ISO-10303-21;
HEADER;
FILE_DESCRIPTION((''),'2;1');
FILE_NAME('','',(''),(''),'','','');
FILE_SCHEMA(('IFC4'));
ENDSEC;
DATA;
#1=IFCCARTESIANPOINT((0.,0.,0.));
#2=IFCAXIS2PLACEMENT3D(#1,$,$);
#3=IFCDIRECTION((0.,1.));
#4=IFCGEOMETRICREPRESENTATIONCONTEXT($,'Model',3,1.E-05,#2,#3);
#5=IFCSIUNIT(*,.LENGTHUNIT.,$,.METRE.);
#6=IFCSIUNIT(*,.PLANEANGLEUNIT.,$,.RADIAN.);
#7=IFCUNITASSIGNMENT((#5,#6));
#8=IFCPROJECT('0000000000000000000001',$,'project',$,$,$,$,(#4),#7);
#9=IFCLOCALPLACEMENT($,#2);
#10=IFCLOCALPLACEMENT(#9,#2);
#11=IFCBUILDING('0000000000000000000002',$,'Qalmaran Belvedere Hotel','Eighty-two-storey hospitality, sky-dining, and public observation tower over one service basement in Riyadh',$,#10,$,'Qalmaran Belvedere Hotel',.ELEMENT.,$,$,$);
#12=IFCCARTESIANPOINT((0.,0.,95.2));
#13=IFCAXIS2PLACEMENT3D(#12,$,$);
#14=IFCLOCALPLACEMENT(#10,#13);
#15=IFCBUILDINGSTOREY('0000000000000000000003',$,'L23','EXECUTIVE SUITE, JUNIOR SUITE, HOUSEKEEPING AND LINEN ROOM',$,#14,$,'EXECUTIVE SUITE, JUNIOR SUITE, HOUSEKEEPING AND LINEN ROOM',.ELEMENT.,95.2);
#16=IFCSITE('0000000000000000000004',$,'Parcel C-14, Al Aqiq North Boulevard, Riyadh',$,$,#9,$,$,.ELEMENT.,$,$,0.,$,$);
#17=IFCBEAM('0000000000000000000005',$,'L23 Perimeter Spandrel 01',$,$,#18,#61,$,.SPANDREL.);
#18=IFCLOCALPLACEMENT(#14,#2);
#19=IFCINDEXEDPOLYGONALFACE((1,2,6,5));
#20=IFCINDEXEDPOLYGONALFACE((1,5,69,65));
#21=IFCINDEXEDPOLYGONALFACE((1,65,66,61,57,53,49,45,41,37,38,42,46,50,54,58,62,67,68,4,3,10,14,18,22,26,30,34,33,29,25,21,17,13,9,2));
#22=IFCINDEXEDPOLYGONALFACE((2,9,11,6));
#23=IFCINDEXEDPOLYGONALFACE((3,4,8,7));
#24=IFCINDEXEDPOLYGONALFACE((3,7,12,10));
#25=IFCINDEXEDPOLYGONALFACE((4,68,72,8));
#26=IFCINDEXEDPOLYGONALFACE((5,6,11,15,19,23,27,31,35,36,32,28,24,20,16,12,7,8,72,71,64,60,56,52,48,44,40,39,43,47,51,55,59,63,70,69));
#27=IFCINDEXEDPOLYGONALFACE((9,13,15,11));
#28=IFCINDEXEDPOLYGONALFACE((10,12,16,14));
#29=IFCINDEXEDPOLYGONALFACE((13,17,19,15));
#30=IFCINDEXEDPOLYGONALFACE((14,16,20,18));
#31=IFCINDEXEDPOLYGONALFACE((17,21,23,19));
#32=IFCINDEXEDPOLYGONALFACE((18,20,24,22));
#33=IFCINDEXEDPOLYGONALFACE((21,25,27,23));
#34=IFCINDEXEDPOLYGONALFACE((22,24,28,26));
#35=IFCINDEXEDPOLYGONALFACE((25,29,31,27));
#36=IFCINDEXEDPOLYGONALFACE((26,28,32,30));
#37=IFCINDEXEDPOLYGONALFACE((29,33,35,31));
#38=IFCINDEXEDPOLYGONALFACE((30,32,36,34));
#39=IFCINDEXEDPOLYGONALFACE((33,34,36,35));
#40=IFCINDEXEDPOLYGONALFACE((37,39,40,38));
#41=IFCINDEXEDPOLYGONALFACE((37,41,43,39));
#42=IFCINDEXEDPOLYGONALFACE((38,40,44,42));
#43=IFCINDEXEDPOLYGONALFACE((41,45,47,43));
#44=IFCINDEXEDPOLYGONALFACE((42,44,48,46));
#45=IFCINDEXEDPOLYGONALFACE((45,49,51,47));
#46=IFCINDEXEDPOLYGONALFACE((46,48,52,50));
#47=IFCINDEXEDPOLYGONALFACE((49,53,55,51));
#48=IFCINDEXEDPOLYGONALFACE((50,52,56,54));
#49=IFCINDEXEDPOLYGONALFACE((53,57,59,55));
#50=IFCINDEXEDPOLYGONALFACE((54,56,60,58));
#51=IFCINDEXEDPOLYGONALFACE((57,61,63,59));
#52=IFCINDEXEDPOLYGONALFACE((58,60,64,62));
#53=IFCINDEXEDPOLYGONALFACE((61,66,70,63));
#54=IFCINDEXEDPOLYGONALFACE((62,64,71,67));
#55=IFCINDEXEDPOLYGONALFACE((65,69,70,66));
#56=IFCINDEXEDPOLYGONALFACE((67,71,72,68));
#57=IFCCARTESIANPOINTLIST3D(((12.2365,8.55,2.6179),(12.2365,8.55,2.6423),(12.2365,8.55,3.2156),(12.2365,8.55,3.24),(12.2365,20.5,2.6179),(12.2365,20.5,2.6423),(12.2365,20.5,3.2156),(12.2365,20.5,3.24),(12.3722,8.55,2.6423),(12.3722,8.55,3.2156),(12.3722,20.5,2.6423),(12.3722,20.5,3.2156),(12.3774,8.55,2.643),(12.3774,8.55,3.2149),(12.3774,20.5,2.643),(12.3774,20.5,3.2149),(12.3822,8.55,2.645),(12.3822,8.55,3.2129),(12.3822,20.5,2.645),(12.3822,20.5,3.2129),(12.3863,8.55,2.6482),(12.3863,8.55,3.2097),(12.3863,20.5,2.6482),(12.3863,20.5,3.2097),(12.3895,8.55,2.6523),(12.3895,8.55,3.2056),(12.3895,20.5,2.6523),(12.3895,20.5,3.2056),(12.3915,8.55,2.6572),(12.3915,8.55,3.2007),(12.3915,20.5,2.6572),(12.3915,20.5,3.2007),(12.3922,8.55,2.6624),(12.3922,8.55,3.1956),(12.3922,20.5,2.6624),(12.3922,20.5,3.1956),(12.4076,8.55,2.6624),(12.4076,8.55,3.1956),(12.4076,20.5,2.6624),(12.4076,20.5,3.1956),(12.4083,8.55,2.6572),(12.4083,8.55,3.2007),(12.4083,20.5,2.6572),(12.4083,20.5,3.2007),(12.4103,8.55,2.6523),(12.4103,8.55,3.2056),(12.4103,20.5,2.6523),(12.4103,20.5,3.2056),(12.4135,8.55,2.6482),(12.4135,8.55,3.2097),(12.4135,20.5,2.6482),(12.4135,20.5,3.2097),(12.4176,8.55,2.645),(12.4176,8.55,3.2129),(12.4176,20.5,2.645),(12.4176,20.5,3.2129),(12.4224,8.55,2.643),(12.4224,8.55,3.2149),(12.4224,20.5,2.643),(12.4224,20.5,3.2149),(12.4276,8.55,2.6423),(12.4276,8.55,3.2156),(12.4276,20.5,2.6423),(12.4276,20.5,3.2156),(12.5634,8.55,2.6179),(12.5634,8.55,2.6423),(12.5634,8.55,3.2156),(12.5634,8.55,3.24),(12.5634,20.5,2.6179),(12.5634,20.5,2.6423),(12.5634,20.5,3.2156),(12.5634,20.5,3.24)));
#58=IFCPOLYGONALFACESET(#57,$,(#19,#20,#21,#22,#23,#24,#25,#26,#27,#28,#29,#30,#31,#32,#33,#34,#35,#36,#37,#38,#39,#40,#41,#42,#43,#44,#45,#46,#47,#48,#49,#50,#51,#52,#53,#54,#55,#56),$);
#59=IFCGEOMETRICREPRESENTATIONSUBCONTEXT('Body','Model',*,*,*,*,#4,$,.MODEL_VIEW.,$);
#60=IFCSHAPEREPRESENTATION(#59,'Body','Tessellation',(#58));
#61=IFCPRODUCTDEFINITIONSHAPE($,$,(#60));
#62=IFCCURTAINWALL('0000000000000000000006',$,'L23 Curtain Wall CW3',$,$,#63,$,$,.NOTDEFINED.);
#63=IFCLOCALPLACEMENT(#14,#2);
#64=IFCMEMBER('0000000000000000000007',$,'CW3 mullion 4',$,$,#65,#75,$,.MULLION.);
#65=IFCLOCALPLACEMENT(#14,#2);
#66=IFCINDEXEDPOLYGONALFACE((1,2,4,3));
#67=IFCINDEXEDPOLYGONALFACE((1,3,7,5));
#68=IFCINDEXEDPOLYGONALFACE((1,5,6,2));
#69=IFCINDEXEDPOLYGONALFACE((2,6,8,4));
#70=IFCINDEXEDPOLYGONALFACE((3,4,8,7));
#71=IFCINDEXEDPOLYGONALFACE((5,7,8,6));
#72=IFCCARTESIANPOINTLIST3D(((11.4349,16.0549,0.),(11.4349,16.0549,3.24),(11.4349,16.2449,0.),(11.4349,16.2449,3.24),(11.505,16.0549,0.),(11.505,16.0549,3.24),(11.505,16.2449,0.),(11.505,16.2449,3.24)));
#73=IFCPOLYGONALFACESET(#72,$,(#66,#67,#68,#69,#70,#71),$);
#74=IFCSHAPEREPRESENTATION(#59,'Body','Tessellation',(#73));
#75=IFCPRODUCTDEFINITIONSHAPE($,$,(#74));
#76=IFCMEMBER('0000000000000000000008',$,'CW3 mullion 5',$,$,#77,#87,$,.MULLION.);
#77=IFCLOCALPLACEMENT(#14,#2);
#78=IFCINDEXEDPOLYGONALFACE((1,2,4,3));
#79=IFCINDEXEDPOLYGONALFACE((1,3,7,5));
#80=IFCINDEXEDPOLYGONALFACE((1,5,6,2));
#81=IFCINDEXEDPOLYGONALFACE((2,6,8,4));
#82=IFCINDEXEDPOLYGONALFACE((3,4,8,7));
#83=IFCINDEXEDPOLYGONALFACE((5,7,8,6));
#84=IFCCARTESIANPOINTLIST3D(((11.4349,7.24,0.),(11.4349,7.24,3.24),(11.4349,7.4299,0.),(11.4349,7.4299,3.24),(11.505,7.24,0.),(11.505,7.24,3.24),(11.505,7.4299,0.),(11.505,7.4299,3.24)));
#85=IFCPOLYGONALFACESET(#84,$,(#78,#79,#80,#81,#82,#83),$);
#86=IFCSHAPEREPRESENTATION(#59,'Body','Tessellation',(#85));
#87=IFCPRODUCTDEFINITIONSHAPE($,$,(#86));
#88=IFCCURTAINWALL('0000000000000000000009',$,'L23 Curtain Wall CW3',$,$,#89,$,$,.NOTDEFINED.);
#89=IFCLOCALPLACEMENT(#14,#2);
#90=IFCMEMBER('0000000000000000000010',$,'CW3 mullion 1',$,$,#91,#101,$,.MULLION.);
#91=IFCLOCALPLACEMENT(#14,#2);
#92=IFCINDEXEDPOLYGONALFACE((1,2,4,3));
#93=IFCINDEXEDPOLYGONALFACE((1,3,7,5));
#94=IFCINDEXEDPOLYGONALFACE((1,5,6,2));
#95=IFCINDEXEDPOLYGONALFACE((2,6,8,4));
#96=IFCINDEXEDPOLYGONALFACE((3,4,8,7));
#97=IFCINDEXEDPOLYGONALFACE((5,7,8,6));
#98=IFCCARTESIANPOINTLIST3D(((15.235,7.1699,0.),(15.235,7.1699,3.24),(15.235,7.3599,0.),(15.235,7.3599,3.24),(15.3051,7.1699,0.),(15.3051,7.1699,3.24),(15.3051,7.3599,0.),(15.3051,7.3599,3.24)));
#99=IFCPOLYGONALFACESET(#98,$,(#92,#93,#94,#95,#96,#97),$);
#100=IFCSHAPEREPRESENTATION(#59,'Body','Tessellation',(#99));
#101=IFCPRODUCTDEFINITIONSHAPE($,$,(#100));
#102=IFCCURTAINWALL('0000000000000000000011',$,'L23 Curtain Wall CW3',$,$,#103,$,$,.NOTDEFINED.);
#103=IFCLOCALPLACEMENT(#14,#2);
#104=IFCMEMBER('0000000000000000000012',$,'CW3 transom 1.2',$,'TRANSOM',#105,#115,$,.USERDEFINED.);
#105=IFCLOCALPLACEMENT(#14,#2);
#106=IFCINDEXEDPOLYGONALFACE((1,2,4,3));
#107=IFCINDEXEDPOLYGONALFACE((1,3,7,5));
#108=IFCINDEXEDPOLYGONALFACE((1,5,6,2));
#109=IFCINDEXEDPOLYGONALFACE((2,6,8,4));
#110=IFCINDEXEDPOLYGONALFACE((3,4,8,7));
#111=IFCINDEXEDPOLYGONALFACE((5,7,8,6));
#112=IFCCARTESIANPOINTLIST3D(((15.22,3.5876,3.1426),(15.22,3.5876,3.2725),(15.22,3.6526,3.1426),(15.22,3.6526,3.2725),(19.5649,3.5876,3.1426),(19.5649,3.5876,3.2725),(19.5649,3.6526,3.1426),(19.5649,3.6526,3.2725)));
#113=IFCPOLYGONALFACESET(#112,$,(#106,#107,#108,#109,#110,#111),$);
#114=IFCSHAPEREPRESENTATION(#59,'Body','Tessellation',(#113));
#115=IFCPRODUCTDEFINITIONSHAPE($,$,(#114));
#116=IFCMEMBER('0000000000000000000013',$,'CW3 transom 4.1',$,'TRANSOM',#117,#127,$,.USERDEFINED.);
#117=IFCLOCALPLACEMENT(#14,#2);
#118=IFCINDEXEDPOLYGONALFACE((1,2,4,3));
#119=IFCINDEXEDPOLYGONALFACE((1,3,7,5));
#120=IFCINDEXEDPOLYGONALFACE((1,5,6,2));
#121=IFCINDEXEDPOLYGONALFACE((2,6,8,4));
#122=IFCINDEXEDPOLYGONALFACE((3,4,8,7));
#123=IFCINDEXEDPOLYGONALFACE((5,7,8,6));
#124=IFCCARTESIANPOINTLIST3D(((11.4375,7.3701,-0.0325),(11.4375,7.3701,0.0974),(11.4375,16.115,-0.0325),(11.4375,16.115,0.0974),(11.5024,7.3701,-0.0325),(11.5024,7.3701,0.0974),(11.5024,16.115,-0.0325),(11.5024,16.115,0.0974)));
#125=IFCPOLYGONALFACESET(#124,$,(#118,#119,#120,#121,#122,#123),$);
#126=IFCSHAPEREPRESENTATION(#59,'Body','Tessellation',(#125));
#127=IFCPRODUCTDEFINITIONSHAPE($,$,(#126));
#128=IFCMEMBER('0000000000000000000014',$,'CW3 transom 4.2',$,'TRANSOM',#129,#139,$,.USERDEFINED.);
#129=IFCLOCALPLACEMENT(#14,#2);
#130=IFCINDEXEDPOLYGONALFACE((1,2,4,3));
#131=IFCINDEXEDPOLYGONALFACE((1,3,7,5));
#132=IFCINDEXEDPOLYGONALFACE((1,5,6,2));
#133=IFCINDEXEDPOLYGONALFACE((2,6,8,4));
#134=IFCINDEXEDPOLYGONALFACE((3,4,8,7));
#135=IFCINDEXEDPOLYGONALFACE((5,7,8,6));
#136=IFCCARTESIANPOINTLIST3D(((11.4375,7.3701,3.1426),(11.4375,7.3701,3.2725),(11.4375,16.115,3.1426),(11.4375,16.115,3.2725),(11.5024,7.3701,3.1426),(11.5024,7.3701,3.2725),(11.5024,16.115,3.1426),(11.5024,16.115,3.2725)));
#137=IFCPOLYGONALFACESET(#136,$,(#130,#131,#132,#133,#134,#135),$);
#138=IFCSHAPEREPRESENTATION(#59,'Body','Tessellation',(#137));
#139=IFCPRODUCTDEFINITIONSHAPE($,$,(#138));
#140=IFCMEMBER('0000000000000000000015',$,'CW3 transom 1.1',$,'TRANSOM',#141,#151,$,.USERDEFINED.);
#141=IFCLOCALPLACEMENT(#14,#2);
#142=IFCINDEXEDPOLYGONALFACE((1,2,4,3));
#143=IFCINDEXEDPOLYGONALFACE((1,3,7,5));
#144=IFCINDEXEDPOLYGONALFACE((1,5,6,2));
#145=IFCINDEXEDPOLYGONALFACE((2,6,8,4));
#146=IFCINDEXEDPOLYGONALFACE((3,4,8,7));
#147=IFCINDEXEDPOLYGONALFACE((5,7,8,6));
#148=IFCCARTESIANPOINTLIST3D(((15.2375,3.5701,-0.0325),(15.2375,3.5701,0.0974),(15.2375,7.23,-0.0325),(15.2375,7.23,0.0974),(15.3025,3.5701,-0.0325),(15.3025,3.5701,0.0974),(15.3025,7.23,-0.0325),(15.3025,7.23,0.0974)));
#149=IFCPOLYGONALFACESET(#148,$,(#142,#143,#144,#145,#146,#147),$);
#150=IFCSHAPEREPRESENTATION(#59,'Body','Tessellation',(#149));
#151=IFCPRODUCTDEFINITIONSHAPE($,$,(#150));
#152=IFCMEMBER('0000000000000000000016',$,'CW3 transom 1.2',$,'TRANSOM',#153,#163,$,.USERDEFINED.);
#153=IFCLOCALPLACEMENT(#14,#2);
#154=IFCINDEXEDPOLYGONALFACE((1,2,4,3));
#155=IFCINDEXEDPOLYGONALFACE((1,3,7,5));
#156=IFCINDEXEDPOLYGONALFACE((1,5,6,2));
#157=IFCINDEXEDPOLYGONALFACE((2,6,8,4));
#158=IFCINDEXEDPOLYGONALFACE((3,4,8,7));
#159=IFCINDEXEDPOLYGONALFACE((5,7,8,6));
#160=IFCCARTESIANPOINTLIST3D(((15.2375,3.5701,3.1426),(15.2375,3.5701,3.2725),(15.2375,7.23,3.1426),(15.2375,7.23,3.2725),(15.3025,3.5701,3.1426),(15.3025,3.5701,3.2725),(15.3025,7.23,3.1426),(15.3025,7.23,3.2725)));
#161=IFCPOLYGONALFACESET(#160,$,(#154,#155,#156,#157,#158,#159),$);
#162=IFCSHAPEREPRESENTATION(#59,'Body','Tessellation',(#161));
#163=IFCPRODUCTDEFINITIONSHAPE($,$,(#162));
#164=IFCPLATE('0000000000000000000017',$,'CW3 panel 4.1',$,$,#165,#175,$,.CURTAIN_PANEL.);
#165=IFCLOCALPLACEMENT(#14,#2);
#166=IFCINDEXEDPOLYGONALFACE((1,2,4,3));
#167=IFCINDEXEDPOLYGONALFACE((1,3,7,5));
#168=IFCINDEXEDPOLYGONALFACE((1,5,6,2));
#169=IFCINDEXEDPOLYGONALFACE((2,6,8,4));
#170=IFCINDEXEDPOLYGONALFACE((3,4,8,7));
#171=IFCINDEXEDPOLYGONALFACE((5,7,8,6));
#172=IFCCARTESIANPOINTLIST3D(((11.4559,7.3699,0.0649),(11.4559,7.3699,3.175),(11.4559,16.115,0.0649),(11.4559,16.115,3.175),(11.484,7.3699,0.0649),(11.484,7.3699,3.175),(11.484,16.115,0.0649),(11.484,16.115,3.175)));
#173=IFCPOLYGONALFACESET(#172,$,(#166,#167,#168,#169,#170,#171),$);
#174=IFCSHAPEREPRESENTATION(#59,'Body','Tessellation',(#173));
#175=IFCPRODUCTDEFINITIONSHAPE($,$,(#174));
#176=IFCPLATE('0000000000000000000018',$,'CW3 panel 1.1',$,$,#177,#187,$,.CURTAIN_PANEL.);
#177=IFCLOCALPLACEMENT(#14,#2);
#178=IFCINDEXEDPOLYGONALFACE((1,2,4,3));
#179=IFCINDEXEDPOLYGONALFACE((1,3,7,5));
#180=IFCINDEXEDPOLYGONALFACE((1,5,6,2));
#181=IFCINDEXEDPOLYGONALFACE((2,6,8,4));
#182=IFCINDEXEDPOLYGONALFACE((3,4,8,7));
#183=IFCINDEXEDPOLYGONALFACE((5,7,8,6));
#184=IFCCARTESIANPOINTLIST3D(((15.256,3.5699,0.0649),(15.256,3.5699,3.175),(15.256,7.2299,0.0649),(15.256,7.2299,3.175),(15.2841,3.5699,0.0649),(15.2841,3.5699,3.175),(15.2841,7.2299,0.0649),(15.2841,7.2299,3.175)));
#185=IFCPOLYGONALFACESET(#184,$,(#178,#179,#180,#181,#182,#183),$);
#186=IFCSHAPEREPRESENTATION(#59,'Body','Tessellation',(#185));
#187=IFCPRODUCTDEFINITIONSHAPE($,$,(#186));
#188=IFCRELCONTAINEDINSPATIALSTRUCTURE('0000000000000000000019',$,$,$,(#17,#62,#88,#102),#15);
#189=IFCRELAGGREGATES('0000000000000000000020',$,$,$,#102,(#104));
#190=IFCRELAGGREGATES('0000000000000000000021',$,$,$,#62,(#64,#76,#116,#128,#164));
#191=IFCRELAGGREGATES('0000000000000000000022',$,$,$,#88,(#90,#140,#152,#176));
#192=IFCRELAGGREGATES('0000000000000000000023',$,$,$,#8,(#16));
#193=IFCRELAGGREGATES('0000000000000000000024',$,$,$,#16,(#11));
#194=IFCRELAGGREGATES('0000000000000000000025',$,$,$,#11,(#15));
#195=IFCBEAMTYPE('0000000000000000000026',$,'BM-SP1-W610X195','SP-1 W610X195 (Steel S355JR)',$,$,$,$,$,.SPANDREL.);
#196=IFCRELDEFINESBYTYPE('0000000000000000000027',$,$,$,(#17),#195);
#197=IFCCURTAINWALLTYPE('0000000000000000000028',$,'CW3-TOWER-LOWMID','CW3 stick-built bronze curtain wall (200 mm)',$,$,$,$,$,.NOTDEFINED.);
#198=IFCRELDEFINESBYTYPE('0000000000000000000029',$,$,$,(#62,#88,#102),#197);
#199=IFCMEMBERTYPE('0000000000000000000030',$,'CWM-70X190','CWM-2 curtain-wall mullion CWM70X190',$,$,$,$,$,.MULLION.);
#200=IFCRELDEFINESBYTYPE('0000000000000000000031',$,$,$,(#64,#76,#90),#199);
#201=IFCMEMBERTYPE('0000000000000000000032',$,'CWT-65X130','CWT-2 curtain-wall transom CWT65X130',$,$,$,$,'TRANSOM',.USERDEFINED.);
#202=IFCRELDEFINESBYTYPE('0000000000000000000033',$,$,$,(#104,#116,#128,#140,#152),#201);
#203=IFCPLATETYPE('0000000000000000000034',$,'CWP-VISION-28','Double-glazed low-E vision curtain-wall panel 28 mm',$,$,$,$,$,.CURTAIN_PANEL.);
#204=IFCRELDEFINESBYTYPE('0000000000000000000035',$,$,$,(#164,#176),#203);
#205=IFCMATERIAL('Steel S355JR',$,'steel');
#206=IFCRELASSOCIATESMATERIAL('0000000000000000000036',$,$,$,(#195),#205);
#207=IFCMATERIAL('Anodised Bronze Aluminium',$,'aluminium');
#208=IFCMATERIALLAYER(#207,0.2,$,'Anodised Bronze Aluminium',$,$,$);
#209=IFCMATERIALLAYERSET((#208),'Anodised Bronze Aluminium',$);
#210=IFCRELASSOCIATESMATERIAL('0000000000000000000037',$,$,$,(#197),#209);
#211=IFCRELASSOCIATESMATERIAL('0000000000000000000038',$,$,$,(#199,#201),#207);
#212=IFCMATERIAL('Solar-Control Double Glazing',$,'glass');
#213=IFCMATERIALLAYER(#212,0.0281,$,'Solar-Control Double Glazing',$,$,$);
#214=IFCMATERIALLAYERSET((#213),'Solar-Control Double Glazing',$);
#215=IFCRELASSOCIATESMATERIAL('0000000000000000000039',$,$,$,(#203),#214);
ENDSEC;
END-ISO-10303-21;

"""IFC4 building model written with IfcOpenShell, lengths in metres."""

from ifc_helpers import new_model, si_unit, direction, frame, origin, origin_2d, place, context, subcontext, project, spatial, rectangle, i_section, extrude, material, layer, layer_set, material_profile, profile_set, type_object, element, aggregate, save


model = new_model("IFC4")

# Units and contexts
model_context = context("Model", 3, precision=1e-05, world=origin(), true_north=direction((0.0, 1.0)))
body_context = subcontext(model_context, "Body", "Model", "MODEL_VIEW")
ifc_project = project(units=[si_unit("LENGTHUNIT", "METRE"), si_unit("PLANEANGLEUNIT", "RADIAN")], contexts=[model_context])

# Site, building, storey
site_placement = place(None, origin())
site = spatial("IfcSite", under=ifc_project, at=site_placement, Name="Parcel C-14, Al Aqiq North Boulevard, Riyadh", CompositionType="ELEMENT", RefElevation=0.0)
building_placement = place(site_placement, origin())
building = spatial("IfcBuilding", under=site, at=building_placement, Name="Qalmaran Belvedere Hotel", Description="Eighty-two-storey hospitality, sky-dining, and public observation tower over one service basement in Riyadh", LongName="Qalmaran Belvedere Hotel", CompositionType="ELEMENT")
storey_placement = place(building_placement, frame((0.0, 0.0, 95.2)))
storey = spatial("IfcBuildingStorey", under=building, at=storey_placement, Name="L23", Description="EXECUTIVE SUITE, JUNIOR SUITE, HOUSEKEEPING AND LINEN ROOM", LongName="EXECUTIVE SUITE, JUNIOR SUITE, HOUSEKEEPING AND LINEN ROOM", CompositionType="ELEMENT", Elevation=95.2)

# Beam
ifc_material_1 = material(Name="Steel S355JR", Category="steel")
ifc_material_profile_1 = material_profile(ifc_material_1, i_section(OverallWidth=0.3269, OverallDepth=0.6221, WebThickness=0.0154, FlangeThickness=0.0244, FilletRadius=0.02, at=origin_2d()), Name="W610X195")
ifc_profile_set_1 = profile_set([ifc_material_profile_1], Name="Steel S355JR")
beam_type_1 = type_object("IfcBeamType", Name="BM-SP1-W610X195", Description="SP-1 W610X195 (Steel S355JR)", PredefinedType="SPANDREL", material=ifc_profile_set_1)
beam_1_placement = place(storey_placement, frame((12.3999, 8.55, 2.929), z_axis=(0.0, 1.0, 0.0), x_axis=(-1.0, 0.0, 0.0)))
element("IfcBeam", 1, at=beam_1_placement, inside=storey, type_object=beam_type_1, Name="L23 Perimeter Spandrel 01", PredefinedType="SPANDREL", context=body_context, shape_type="SweptSolid", body=[
    extrude(i_section(OverallWidth=0.3269, OverallDepth=0.6221, WebThickness=0.0154, FlangeThickness=0.0244, FilletRadius=0.02, at=origin_2d()), origin(), (0.0, 0.0, 1.0), 11.95),
])

# Curtain wall, members
ifc_material_2 = material(Name="Anodised Bronze Aluminium", Category="aluminium")
ifc_layer_1 = layer(ifc_material_2, 0.2, Name="Anodised Bronze Aluminium")
ifc_layer_set_1 = layer_set([ifc_layer_1], Name="Anodised Bronze Aluminium")
curtain_wall_type = type_object("IfcCurtainWallType", Name="CW3-TOWER-LOWMID", Description="CW3 stick-built bronze curtain wall (200 mm)", PredefinedType="NOTDEFINED", material=ifc_layer_set_1)
curtain_wall_1_placement = place(storey_placement, origin())
curtain_wall_1 = element("IfcCurtainWall", 2, at=curtain_wall_1_placement, inside=storey, type_object=curtain_wall_type, Name="L23 Curtain Wall CW3", PredefinedType="NOTDEFINED")
ifc_material_profile_2 = material_profile(ifc_material_2, rectangle(XDim=0.0701, YDim=0.1899, at=origin_2d()), Name="CWM70X190")
ifc_profile_set_2 = profile_set([ifc_material_profile_2], Name="Anodised Bronze Aluminium")
member_type_1 = type_object("IfcMemberType", Name="CWM-70X190", Description="CWM-2 curtain-wall mullion CWM70X190", PredefinedType="MULLION", material=ifc_profile_set_2)
member_1_placement = place(storey_placement, frame((11.47, 16.1499, 0.0), z_axis=(0.0, 0.0, 1.0), x_axis=(1.0, 0.0, 0.0)))
member_1 = element("IfcMember", 3, at=member_1_placement, type_object=member_type_1, Name="CW3 mullion 4", PredefinedType="MULLION", context=body_context, shape_type="SweptSolid", body=[
    extrude(rectangle(XDim=0.0701, YDim=0.1899, at=origin_2d()), origin(), (0.0, 0.0, 1.0), 3.24),
])
member_2_placement = place(storey_placement, frame((11.47, 7.335, 0.0), z_axis=(0.0, 0.0, 1.0), x_axis=(1.0, 0.0, 0.0)))
member_2 = element("IfcMember", 4, at=member_2_placement, type_object=member_type_1, Name="CW3 mullion 5", PredefinedType="MULLION", context=body_context, shape_type="SweptSolid", body=[
    extrude(rectangle(XDim=0.0701, YDim=0.1899, at=origin_2d()), origin(), (0.0, 0.0, 1.0), 3.24),
])

# Curtain walls, members
curtain_wall_2_placement = place(storey_placement, origin())
curtain_wall_2 = element("IfcCurtainWall", 5, at=curtain_wall_2_placement, inside=storey, type_object=curtain_wall_type, Name="L23 Curtain Wall CW3", PredefinedType="NOTDEFINED")
member_3_placement = place(storey_placement, frame((15.27, 7.2649, 0.0), z_axis=(0.0, 0.0, 1.0), x_axis=(1.0, 0.0, 0.0)))
member_3 = element("IfcMember", 6, at=member_3_placement, type_object=member_type_1, Name="CW3 mullion 1", PredefinedType="MULLION", context=body_context, shape_type="SweptSolid", body=[
    extrude(rectangle(XDim=0.0701, YDim=0.1899, at=origin_2d()), origin(), (0.0, 0.0, 1.0), 3.24),
])
curtain_wall_3_placement = place(storey_placement, origin())
curtain_wall_3 = element("IfcCurtainWall", 7, at=curtain_wall_3_placement, inside=storey, type_object=curtain_wall_type, Name="L23 Curtain Wall CW3", PredefinedType="NOTDEFINED")
ifc_material_profile_3 = material_profile(ifc_material_2, rectangle(XDim=0.0649, YDim=0.1299, at=origin_2d()), Name="CWT65X130")
ifc_profile_set_3 = profile_set([ifc_material_profile_3], Name="Anodised Bronze Aluminium")
member_type_2 = type_object("IfcMemberType", Name="CWT-65X130", Description="CWT-2 curtain-wall transom CWT65X130", ElementType="TRANSOM", PredefinedType="USERDEFINED", material=ifc_profile_set_3)
member_4_placement = place(storey_placement, frame((15.22, 3.6201, 3.2075), z_axis=(1.0, 0.0, 0.0), x_axis=(0.0, 1.0, 0.0)))
member_4 = element("IfcMember", 8, at=member_4_placement, type_object=member_type_2, Name="CW3 transom 1.2", ObjectType="TRANSOM", PredefinedType="USERDEFINED", context=body_context, shape_type="SweptSolid", body=[
    extrude(rectangle(XDim=0.0649, YDim=0.1299, at=origin_2d()), origin(), (0.0, 0.0, 1.0), 4.345),
])
aggregate(curtain_wall_3, [member_4])

# Members
member_5_placement = place(storey_placement, frame((11.47, 16.115, 0.0325), z_axis=(0.0, -1.0, 0.0), x_axis=(1.0, 0.0, 0.0)))
member_5 = element("IfcMember", 9, at=member_5_placement, type_object=member_type_2, Name="CW3 transom 4.1", ObjectType="TRANSOM", PredefinedType="USERDEFINED", context=body_context, shape_type="SweptSolid", body=[
    extrude(rectangle(XDim=0.0649, YDim=0.1299, at=origin_2d()), origin(), (0.0, 0.0, 1.0), 8.7449),
])
member_6_placement = place(storey_placement, frame((11.47, 16.115, 3.2075), z_axis=(0.0, -1.0, 0.0), x_axis=(1.0, 0.0, 0.0)))
member_6 = element("IfcMember", 10, at=member_6_placement, type_object=member_type_2, Name="CW3 transom 4.2", ObjectType="TRANSOM", PredefinedType="USERDEFINED", context=body_context, shape_type="SweptSolid", body=[
    extrude(rectangle(XDim=0.0649, YDim=0.1299, at=origin_2d()), origin(), (0.0, 0.0, 1.0), 8.7449),
])
member_7_placement = place(storey_placement, frame((15.27, 7.23, 0.0325), z_axis=(0.0, -1.0, 0.0), x_axis=(1.0, 0.0, 0.0)))
member_7 = element("IfcMember", 11, at=member_7_placement, type_object=member_type_2, Name="CW3 transom 1.1", ObjectType="TRANSOM", PredefinedType="USERDEFINED", context=body_context, shape_type="SweptSolid", body=[
    extrude(rectangle(XDim=0.0649, YDim=0.1299, at=origin_2d()), origin(), (0.0, 0.0, 1.0), 3.6599),
])
member_8_placement = place(storey_placement, frame((15.27, 7.23, 3.2075), z_axis=(0.0, -1.0, 0.0), x_axis=(1.0, 0.0, 0.0)))
member_8 = element("IfcMember", 12, at=member_8_placement, type_object=member_type_2, Name="CW3 transom 1.2", ObjectType="TRANSOM", PredefinedType="USERDEFINED", context=body_context, shape_type="SweptSolid", body=[
    extrude(rectangle(XDim=0.0649, YDim=0.1299, at=origin_2d()), origin(), (0.0, 0.0, 1.0), 3.6599),
])

# Plates
ifc_material_3 = material(Name="Solar-Control Double Glazing", Category="glass")
ifc_layer_2 = layer(ifc_material_3, 0.0281, Name="Solar-Control Double Glazing")
ifc_layer_set_2 = layer_set([ifc_layer_2], Name="Solar-Control Double Glazing")
plate_type = type_object("IfcPlateType", Name="CWP-VISION-28", Description="Double-glazed low-E vision curtain-wall panel 28 mm", PredefinedType="CURTAIN_PANEL", material=ifc_layer_set_2)
plate_1_placement = place(storey_placement, frame((11.47, 11.7424, 0.0649), z_axis=(0.0, 0.0, 1.0), x_axis=(0.0, -1.0, 0.0)))
plate_1 = element("IfcPlate", 13, at=plate_1_placement, type_object=plate_type, Name="CW3 panel 4.1", PredefinedType="CURTAIN_PANEL", context=body_context, shape_type="SweptSolid", body=[
    extrude(rectangle(XDim=8.7451, YDim=0.0281, at=origin_2d()), origin(), (0.0, 0.0, 1.0), 3.1101),
])
aggregate(curtain_wall_1, [member_1, member_2, member_5, member_6, plate_1])
plate_2_placement = place(storey_placement, frame((15.27, 5.3999, 0.0649), z_axis=(0.0, 0.0, 1.0), x_axis=(0.0, -1.0, 0.0)))
plate_2 = element("IfcPlate", 14, at=plate_2_placement, type_object=plate_type, Name="CW3 panel 1.1", PredefinedType="CURTAIN_PANEL", context=body_context, shape_type="SweptSolid", body=[
    extrude(rectangle(XDim=3.6599, YDim=0.0281, at=origin_2d()), origin(), (0.0, 0.0, 1.0), 3.1101),
])
aggregate(curtain_wall_2, [member_3, member_7, member_8, plate_2])

save(model, "model.ifc")
